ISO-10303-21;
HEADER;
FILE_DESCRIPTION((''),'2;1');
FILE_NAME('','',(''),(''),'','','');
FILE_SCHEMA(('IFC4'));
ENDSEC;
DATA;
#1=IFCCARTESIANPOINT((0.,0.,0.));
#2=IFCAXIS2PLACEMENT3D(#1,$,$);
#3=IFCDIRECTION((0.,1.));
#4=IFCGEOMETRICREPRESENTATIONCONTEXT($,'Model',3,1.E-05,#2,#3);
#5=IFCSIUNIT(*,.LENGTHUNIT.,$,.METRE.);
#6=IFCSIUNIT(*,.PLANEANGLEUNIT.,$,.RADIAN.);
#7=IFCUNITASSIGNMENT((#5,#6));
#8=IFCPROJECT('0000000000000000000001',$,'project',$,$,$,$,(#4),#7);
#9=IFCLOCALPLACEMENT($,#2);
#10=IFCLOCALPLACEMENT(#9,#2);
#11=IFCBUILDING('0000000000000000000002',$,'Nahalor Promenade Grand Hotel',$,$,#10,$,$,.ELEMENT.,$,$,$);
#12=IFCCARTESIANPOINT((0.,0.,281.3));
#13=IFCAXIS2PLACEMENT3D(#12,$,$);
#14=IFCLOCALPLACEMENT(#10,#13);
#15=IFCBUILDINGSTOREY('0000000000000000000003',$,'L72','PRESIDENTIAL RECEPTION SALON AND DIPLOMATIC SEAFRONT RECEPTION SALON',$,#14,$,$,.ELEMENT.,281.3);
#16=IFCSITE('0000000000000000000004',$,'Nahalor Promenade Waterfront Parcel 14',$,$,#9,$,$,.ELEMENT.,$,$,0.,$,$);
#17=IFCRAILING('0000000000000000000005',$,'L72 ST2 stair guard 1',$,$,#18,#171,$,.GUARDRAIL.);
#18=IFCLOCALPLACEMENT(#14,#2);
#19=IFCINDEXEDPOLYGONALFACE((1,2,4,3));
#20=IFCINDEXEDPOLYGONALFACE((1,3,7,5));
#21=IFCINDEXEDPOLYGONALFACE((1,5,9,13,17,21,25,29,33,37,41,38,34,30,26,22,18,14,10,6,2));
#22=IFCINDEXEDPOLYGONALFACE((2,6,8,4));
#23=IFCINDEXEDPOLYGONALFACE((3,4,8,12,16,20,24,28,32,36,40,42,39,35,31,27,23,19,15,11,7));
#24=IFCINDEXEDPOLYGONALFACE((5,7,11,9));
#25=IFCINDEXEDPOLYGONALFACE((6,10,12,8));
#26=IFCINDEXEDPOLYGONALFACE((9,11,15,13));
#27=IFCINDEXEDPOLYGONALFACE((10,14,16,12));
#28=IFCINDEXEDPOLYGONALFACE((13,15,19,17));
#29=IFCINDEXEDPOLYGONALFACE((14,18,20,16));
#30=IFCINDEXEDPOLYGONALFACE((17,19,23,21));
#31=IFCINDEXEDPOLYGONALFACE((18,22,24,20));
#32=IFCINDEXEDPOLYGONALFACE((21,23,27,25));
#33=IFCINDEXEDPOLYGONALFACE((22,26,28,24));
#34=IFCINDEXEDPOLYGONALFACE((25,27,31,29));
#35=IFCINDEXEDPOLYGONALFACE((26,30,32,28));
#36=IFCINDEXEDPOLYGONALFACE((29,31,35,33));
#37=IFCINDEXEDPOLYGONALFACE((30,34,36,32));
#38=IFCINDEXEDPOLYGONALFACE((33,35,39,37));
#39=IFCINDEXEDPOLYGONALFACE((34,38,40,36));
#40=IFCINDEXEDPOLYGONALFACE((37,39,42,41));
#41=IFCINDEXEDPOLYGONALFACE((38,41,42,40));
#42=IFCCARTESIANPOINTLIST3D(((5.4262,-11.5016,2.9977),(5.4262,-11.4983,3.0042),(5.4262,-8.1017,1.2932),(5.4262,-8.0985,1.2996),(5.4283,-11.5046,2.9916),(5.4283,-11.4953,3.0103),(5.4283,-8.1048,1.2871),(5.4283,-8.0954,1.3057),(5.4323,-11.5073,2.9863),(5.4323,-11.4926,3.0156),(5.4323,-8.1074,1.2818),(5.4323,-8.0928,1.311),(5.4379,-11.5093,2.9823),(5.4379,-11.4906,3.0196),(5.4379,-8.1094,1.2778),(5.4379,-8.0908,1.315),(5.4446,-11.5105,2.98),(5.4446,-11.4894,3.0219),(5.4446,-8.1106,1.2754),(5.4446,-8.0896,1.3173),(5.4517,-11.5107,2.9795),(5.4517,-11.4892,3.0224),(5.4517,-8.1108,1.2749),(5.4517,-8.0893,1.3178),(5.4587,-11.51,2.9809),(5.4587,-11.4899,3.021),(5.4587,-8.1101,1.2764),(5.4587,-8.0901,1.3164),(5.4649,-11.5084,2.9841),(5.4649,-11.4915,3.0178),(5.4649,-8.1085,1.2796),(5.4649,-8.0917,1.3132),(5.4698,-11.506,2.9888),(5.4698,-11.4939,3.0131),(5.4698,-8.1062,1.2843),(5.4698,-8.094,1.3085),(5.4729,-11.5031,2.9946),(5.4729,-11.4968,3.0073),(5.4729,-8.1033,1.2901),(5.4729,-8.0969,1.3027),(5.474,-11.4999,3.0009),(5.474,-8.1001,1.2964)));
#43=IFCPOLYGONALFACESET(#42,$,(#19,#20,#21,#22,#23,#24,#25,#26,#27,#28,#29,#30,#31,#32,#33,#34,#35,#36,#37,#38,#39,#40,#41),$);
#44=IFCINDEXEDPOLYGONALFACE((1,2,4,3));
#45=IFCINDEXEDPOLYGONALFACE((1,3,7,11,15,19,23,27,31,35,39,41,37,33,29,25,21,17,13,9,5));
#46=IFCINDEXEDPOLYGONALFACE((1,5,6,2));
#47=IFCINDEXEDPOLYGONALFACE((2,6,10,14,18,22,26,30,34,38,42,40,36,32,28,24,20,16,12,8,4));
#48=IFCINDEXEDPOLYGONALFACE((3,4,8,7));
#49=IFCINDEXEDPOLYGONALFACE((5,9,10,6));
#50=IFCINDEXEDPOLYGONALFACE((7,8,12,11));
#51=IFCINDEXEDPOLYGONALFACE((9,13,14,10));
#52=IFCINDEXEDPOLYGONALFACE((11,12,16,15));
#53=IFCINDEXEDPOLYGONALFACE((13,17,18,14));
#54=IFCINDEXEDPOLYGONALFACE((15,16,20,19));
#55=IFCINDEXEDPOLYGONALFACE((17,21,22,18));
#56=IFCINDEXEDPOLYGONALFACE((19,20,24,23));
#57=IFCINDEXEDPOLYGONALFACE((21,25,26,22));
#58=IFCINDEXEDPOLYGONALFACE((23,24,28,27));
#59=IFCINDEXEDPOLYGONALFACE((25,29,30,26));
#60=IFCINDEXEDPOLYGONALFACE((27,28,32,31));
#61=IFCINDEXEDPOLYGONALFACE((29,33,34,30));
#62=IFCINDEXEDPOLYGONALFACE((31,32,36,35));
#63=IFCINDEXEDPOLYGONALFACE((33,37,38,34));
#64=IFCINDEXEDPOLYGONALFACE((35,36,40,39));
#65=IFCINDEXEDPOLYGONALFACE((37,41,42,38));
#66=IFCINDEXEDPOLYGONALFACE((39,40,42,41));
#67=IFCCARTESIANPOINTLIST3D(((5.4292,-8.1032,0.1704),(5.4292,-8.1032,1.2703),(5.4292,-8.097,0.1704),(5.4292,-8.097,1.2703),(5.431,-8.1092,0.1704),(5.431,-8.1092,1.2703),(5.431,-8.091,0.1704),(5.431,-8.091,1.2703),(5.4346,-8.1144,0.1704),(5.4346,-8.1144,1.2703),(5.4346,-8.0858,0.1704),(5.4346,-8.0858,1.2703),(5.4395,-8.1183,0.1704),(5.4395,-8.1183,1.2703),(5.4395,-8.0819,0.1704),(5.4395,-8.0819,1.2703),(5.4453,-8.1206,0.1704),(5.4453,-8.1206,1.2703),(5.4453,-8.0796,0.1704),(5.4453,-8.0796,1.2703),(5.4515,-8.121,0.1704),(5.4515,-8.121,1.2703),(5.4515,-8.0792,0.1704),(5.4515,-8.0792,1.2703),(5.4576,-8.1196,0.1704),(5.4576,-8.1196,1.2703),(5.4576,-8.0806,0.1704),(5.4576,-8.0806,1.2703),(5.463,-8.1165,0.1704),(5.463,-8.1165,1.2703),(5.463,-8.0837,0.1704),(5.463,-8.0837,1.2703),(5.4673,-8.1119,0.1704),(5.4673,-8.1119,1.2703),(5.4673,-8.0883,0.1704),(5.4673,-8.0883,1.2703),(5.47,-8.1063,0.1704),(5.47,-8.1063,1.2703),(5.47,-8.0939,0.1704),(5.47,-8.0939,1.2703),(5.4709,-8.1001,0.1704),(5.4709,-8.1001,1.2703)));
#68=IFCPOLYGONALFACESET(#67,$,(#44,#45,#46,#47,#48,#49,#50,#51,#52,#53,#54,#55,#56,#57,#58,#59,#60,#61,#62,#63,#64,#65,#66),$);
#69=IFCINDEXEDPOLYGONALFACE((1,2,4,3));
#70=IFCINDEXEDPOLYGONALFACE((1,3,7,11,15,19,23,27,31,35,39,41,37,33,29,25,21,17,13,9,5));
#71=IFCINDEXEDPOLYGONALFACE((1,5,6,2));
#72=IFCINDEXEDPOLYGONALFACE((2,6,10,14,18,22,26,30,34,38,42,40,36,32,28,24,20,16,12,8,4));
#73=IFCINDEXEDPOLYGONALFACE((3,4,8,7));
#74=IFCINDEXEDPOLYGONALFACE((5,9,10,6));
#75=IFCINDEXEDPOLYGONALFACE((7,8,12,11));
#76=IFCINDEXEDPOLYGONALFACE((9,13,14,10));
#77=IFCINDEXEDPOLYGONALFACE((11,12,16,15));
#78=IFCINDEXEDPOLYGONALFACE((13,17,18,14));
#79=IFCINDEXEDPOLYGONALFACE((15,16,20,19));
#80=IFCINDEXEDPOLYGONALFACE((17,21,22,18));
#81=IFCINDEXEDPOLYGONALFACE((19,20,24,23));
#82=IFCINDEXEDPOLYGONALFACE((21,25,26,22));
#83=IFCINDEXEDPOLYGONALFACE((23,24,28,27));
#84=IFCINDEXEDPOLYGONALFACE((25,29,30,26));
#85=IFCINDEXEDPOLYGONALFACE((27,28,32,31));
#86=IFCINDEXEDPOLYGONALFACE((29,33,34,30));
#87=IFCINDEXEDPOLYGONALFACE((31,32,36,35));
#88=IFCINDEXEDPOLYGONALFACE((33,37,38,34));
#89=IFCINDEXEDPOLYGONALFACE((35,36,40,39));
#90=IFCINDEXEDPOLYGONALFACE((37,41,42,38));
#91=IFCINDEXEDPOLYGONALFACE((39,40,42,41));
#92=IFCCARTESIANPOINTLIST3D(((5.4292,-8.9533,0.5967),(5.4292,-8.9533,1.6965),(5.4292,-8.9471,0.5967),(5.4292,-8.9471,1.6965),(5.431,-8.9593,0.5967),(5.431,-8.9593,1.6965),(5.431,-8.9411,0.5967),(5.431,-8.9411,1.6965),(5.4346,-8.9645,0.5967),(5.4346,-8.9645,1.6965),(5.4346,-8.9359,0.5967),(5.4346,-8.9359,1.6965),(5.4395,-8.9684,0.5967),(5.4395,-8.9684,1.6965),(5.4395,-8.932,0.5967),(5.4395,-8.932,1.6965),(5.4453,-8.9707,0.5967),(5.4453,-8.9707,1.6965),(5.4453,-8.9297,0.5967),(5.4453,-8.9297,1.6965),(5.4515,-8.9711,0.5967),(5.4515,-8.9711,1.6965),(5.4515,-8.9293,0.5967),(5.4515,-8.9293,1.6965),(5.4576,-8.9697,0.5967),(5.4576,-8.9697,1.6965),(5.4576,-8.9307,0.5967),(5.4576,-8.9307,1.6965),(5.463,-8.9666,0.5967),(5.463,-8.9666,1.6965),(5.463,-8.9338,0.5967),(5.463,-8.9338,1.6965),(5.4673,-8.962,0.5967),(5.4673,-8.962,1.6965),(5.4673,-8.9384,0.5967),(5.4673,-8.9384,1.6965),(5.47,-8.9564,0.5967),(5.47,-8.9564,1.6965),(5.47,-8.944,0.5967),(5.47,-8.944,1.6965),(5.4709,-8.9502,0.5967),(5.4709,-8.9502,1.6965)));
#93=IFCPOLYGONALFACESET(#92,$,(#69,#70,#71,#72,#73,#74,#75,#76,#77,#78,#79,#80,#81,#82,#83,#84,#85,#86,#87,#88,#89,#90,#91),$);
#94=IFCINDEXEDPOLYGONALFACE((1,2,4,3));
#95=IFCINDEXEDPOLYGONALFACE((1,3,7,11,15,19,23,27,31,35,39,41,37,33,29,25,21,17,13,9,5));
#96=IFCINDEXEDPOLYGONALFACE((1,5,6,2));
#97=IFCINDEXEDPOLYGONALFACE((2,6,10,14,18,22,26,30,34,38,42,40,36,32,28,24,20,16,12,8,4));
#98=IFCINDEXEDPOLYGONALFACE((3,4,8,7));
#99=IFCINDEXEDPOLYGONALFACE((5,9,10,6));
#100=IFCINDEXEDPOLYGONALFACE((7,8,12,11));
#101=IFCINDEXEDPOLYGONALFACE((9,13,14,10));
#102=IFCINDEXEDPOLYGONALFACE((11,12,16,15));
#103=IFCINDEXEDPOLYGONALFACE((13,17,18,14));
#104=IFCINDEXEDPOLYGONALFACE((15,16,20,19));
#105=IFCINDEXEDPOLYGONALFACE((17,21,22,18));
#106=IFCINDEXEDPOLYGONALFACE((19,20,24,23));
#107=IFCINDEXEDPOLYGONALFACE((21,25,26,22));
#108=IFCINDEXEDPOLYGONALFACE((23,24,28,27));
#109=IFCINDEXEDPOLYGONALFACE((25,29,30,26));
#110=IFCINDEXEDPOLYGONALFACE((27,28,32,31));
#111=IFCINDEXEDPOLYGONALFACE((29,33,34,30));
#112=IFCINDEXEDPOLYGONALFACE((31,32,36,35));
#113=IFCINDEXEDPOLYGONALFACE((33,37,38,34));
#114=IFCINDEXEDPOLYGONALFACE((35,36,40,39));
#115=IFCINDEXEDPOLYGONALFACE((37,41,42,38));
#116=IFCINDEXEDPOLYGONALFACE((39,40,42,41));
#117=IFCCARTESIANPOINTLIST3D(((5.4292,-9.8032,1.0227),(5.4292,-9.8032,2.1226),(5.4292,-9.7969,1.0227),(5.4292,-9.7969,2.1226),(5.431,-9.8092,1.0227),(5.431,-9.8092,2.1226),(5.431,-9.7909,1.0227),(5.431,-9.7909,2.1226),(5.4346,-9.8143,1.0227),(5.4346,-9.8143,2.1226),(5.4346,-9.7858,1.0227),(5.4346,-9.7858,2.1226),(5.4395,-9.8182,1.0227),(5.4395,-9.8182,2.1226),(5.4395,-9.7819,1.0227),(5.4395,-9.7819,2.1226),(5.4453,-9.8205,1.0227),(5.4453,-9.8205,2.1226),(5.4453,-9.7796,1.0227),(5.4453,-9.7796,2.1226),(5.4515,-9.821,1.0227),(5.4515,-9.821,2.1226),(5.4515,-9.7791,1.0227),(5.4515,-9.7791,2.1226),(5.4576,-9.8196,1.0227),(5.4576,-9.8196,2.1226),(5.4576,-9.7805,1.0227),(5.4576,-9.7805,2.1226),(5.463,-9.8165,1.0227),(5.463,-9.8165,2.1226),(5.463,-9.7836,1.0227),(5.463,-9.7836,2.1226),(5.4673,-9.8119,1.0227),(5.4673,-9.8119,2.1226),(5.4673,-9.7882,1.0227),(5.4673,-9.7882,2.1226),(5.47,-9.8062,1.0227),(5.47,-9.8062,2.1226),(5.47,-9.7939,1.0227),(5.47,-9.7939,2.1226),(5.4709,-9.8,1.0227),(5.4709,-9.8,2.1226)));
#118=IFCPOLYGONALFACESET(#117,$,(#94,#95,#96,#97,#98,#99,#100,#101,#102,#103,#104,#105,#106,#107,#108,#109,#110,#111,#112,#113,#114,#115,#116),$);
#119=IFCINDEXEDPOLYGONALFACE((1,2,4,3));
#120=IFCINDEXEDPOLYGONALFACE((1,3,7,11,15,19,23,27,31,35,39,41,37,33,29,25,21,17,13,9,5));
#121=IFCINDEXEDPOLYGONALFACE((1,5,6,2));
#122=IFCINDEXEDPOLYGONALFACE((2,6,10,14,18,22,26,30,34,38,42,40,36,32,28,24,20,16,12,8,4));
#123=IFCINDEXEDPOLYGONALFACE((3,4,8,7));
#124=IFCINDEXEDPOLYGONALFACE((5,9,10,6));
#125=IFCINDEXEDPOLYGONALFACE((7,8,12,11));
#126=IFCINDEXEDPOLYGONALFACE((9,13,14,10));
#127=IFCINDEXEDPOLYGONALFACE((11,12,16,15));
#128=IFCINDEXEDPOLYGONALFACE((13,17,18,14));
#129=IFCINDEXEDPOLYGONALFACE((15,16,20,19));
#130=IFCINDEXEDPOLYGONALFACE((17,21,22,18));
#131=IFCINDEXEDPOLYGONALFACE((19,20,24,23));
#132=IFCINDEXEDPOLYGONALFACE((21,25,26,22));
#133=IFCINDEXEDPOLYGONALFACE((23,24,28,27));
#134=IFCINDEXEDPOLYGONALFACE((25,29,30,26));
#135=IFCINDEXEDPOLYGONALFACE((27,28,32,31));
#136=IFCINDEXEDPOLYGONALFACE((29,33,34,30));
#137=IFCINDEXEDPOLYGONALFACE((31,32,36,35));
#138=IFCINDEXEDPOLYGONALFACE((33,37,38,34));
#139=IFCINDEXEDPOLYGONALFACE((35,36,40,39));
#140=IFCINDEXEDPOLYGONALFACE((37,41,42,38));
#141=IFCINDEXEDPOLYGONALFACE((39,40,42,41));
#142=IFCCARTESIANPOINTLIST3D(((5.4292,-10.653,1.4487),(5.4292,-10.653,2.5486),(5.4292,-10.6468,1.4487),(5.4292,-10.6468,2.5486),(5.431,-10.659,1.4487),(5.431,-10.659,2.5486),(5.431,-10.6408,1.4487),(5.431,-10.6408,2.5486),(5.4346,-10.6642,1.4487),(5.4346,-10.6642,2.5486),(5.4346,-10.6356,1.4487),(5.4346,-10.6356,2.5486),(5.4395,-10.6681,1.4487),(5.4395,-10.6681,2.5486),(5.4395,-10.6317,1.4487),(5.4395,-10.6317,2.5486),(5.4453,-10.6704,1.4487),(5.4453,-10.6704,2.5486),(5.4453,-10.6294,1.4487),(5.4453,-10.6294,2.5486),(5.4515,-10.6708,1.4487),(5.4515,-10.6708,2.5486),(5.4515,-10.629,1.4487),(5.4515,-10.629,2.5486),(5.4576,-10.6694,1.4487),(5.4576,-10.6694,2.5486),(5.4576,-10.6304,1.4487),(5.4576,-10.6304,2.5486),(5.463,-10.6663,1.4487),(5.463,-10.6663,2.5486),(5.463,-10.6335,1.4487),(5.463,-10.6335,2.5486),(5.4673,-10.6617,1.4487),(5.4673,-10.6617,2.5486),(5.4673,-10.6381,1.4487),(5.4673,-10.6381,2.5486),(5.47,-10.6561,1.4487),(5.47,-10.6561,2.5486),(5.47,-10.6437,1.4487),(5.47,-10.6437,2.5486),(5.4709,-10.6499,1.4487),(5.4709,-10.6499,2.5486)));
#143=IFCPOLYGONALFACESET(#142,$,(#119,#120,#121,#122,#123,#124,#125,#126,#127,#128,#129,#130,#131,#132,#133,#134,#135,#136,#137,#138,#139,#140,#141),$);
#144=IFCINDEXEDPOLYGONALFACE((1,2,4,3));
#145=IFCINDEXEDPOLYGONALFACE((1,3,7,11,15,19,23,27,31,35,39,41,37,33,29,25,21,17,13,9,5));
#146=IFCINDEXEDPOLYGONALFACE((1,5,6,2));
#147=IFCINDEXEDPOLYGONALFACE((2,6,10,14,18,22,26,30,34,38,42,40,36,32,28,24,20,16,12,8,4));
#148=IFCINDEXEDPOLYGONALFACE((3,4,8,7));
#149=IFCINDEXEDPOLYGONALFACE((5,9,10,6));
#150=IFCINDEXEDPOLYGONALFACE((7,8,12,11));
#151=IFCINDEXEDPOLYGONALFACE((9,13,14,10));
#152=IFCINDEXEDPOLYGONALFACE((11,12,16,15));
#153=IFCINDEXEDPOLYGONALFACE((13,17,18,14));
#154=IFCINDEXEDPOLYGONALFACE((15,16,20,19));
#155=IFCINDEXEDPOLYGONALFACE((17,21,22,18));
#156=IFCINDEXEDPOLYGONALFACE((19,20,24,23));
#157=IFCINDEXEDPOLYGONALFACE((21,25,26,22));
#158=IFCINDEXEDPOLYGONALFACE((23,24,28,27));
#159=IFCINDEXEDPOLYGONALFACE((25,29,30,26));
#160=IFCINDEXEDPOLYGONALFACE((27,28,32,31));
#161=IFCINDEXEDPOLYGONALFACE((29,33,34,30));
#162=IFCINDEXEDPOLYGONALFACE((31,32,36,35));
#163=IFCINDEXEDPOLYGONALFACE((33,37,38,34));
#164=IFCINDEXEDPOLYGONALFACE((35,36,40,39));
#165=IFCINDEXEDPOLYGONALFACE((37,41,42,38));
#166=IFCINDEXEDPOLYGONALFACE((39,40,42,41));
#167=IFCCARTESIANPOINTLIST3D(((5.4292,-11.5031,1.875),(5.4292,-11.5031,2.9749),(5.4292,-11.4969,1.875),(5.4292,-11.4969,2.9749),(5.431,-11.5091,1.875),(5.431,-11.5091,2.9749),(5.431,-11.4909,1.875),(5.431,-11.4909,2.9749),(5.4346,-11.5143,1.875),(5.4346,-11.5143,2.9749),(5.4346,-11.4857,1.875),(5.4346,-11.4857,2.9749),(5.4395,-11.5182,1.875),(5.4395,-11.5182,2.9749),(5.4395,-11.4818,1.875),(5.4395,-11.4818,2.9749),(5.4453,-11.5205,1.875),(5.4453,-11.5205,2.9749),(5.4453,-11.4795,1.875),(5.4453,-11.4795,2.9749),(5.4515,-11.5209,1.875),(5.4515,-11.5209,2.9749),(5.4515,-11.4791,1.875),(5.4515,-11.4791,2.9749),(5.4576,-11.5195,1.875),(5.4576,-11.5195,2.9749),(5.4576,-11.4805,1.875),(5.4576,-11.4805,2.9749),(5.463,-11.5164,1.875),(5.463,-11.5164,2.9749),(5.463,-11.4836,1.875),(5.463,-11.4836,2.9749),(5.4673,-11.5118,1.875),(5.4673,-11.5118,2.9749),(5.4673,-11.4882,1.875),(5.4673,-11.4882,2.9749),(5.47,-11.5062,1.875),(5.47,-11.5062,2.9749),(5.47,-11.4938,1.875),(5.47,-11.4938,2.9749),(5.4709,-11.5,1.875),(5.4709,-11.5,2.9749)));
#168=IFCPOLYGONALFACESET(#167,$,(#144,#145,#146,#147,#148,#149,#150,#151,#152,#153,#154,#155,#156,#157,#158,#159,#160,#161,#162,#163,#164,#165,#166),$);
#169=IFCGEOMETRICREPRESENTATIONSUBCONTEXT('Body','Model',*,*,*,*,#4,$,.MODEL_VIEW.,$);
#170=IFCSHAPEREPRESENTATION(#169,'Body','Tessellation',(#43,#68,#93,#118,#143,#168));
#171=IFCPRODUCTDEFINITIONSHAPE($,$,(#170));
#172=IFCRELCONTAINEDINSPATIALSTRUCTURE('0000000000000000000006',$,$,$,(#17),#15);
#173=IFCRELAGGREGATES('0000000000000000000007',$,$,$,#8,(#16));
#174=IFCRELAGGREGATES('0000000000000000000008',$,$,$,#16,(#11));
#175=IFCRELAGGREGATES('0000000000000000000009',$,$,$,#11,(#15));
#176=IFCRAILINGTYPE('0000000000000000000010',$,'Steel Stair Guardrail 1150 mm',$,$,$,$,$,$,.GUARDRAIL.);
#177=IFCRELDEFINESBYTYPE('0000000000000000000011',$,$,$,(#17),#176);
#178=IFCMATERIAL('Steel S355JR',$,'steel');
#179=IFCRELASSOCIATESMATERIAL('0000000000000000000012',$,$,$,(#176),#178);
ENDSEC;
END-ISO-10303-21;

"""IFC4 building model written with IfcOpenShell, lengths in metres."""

from ifc_helpers import new_model, si_unit, direction, frame, origin, origin_2d, place, context, subcontext, project, spatial, circle, extrude, material, type_object, element, save


model = new_model("IFC4")

# Units and contexts
model_context = context("Model", 3, precision=1e-05, world=origin(), true_north=direction((0.0, 1.0)))
body_context = subcontext(model_context, "Body", "Model", "MODEL_VIEW")
ifc_project = project(units=[si_unit("LENGTHUNIT", "METRE"), si_unit("PLANEANGLEUNIT", "RADIAN")], contexts=[model_context])

# Site, building, storey
site_placement = place(None, origin())
site = spatial("IfcSite", under=ifc_project, at=site_placement, Name="Nahalor Promenade Waterfront Parcel 14", CompositionType="ELEMENT", RefElevation=0.0)
building_placement = place(site_placement, origin())
building = spatial("IfcBuilding", under=site, at=building_placement, Name="Nahalor Promenade Grand Hotel", CompositionType="ELEMENT")
storey_placement = place(building_placement, frame((0.0, 0.0, 281.3)))
storey = spatial("IfcBuildingStorey", under=building, at=storey_placement, Name="L72", Description="PRESIDENTIAL RECEPTION SALON AND DIPLOMATIC SEAFRONT RECEPTION SALON", CompositionType="ELEMENT", Elevation=281.3)

# Shared definitions
ifc_material_1 = material(Name="Steel S355JR", Category="steel")

# Railing
railing_type_1 = type_object("IfcRailingType", Name="Steel Stair Guardrail 1150 mm", PredefinedType="GUARDRAIL", material=ifc_material_1)
for number, where, name in (
    (1, (5.45, -8.1001, 0.1704), "L72 ST2 stair guard 1"),
):
    element("IfcRailing", number, at=place(storey_placement, frame(where)), inside=storey, type_object=railing_type_1, Name=name, PredefinedType="GUARDRAIL", context=body_context, shape_type="SweptSolid", body=[
        extrude(circle(Radius=0.024, at=origin_2d()), frame((0.0, 0.0, 1.126), z_axis=(0.0, -0.893939, 0.448189), x_axis=(1.0, 0.0, 0.0)), (0.0, 0.0, 1.0), 3.8032),
        extrude(circle(Radius=0.021, at=origin_2d()), origin(), (0.0, 0.0, 1.0), 1.0999),
        extrude(circle(Radius=0.021, at=origin_2d()), frame((0.0, -0.8501, 0.4263)), (0.0, 0.0, 1.0), 1.0999),
        extrude(circle(Radius=0.021, at=origin_2d()), frame((0.0, -1.7, 0.8523)), (0.0, 0.0, 1.0), 1.0999),
        extrude(circle(Radius=0.021, at=origin_2d()), frame((0.0, -2.5498, 1.2783)), (0.0, 0.0, 1.0), 1.0999),
        extrude(circle(Radius=0.021, at=origin_2d()), frame((0.0, -3.3999, 1.7046)), (0.0, 0.0, 1.0), 1.0999),
    ])

save(model, "model.ifc")
